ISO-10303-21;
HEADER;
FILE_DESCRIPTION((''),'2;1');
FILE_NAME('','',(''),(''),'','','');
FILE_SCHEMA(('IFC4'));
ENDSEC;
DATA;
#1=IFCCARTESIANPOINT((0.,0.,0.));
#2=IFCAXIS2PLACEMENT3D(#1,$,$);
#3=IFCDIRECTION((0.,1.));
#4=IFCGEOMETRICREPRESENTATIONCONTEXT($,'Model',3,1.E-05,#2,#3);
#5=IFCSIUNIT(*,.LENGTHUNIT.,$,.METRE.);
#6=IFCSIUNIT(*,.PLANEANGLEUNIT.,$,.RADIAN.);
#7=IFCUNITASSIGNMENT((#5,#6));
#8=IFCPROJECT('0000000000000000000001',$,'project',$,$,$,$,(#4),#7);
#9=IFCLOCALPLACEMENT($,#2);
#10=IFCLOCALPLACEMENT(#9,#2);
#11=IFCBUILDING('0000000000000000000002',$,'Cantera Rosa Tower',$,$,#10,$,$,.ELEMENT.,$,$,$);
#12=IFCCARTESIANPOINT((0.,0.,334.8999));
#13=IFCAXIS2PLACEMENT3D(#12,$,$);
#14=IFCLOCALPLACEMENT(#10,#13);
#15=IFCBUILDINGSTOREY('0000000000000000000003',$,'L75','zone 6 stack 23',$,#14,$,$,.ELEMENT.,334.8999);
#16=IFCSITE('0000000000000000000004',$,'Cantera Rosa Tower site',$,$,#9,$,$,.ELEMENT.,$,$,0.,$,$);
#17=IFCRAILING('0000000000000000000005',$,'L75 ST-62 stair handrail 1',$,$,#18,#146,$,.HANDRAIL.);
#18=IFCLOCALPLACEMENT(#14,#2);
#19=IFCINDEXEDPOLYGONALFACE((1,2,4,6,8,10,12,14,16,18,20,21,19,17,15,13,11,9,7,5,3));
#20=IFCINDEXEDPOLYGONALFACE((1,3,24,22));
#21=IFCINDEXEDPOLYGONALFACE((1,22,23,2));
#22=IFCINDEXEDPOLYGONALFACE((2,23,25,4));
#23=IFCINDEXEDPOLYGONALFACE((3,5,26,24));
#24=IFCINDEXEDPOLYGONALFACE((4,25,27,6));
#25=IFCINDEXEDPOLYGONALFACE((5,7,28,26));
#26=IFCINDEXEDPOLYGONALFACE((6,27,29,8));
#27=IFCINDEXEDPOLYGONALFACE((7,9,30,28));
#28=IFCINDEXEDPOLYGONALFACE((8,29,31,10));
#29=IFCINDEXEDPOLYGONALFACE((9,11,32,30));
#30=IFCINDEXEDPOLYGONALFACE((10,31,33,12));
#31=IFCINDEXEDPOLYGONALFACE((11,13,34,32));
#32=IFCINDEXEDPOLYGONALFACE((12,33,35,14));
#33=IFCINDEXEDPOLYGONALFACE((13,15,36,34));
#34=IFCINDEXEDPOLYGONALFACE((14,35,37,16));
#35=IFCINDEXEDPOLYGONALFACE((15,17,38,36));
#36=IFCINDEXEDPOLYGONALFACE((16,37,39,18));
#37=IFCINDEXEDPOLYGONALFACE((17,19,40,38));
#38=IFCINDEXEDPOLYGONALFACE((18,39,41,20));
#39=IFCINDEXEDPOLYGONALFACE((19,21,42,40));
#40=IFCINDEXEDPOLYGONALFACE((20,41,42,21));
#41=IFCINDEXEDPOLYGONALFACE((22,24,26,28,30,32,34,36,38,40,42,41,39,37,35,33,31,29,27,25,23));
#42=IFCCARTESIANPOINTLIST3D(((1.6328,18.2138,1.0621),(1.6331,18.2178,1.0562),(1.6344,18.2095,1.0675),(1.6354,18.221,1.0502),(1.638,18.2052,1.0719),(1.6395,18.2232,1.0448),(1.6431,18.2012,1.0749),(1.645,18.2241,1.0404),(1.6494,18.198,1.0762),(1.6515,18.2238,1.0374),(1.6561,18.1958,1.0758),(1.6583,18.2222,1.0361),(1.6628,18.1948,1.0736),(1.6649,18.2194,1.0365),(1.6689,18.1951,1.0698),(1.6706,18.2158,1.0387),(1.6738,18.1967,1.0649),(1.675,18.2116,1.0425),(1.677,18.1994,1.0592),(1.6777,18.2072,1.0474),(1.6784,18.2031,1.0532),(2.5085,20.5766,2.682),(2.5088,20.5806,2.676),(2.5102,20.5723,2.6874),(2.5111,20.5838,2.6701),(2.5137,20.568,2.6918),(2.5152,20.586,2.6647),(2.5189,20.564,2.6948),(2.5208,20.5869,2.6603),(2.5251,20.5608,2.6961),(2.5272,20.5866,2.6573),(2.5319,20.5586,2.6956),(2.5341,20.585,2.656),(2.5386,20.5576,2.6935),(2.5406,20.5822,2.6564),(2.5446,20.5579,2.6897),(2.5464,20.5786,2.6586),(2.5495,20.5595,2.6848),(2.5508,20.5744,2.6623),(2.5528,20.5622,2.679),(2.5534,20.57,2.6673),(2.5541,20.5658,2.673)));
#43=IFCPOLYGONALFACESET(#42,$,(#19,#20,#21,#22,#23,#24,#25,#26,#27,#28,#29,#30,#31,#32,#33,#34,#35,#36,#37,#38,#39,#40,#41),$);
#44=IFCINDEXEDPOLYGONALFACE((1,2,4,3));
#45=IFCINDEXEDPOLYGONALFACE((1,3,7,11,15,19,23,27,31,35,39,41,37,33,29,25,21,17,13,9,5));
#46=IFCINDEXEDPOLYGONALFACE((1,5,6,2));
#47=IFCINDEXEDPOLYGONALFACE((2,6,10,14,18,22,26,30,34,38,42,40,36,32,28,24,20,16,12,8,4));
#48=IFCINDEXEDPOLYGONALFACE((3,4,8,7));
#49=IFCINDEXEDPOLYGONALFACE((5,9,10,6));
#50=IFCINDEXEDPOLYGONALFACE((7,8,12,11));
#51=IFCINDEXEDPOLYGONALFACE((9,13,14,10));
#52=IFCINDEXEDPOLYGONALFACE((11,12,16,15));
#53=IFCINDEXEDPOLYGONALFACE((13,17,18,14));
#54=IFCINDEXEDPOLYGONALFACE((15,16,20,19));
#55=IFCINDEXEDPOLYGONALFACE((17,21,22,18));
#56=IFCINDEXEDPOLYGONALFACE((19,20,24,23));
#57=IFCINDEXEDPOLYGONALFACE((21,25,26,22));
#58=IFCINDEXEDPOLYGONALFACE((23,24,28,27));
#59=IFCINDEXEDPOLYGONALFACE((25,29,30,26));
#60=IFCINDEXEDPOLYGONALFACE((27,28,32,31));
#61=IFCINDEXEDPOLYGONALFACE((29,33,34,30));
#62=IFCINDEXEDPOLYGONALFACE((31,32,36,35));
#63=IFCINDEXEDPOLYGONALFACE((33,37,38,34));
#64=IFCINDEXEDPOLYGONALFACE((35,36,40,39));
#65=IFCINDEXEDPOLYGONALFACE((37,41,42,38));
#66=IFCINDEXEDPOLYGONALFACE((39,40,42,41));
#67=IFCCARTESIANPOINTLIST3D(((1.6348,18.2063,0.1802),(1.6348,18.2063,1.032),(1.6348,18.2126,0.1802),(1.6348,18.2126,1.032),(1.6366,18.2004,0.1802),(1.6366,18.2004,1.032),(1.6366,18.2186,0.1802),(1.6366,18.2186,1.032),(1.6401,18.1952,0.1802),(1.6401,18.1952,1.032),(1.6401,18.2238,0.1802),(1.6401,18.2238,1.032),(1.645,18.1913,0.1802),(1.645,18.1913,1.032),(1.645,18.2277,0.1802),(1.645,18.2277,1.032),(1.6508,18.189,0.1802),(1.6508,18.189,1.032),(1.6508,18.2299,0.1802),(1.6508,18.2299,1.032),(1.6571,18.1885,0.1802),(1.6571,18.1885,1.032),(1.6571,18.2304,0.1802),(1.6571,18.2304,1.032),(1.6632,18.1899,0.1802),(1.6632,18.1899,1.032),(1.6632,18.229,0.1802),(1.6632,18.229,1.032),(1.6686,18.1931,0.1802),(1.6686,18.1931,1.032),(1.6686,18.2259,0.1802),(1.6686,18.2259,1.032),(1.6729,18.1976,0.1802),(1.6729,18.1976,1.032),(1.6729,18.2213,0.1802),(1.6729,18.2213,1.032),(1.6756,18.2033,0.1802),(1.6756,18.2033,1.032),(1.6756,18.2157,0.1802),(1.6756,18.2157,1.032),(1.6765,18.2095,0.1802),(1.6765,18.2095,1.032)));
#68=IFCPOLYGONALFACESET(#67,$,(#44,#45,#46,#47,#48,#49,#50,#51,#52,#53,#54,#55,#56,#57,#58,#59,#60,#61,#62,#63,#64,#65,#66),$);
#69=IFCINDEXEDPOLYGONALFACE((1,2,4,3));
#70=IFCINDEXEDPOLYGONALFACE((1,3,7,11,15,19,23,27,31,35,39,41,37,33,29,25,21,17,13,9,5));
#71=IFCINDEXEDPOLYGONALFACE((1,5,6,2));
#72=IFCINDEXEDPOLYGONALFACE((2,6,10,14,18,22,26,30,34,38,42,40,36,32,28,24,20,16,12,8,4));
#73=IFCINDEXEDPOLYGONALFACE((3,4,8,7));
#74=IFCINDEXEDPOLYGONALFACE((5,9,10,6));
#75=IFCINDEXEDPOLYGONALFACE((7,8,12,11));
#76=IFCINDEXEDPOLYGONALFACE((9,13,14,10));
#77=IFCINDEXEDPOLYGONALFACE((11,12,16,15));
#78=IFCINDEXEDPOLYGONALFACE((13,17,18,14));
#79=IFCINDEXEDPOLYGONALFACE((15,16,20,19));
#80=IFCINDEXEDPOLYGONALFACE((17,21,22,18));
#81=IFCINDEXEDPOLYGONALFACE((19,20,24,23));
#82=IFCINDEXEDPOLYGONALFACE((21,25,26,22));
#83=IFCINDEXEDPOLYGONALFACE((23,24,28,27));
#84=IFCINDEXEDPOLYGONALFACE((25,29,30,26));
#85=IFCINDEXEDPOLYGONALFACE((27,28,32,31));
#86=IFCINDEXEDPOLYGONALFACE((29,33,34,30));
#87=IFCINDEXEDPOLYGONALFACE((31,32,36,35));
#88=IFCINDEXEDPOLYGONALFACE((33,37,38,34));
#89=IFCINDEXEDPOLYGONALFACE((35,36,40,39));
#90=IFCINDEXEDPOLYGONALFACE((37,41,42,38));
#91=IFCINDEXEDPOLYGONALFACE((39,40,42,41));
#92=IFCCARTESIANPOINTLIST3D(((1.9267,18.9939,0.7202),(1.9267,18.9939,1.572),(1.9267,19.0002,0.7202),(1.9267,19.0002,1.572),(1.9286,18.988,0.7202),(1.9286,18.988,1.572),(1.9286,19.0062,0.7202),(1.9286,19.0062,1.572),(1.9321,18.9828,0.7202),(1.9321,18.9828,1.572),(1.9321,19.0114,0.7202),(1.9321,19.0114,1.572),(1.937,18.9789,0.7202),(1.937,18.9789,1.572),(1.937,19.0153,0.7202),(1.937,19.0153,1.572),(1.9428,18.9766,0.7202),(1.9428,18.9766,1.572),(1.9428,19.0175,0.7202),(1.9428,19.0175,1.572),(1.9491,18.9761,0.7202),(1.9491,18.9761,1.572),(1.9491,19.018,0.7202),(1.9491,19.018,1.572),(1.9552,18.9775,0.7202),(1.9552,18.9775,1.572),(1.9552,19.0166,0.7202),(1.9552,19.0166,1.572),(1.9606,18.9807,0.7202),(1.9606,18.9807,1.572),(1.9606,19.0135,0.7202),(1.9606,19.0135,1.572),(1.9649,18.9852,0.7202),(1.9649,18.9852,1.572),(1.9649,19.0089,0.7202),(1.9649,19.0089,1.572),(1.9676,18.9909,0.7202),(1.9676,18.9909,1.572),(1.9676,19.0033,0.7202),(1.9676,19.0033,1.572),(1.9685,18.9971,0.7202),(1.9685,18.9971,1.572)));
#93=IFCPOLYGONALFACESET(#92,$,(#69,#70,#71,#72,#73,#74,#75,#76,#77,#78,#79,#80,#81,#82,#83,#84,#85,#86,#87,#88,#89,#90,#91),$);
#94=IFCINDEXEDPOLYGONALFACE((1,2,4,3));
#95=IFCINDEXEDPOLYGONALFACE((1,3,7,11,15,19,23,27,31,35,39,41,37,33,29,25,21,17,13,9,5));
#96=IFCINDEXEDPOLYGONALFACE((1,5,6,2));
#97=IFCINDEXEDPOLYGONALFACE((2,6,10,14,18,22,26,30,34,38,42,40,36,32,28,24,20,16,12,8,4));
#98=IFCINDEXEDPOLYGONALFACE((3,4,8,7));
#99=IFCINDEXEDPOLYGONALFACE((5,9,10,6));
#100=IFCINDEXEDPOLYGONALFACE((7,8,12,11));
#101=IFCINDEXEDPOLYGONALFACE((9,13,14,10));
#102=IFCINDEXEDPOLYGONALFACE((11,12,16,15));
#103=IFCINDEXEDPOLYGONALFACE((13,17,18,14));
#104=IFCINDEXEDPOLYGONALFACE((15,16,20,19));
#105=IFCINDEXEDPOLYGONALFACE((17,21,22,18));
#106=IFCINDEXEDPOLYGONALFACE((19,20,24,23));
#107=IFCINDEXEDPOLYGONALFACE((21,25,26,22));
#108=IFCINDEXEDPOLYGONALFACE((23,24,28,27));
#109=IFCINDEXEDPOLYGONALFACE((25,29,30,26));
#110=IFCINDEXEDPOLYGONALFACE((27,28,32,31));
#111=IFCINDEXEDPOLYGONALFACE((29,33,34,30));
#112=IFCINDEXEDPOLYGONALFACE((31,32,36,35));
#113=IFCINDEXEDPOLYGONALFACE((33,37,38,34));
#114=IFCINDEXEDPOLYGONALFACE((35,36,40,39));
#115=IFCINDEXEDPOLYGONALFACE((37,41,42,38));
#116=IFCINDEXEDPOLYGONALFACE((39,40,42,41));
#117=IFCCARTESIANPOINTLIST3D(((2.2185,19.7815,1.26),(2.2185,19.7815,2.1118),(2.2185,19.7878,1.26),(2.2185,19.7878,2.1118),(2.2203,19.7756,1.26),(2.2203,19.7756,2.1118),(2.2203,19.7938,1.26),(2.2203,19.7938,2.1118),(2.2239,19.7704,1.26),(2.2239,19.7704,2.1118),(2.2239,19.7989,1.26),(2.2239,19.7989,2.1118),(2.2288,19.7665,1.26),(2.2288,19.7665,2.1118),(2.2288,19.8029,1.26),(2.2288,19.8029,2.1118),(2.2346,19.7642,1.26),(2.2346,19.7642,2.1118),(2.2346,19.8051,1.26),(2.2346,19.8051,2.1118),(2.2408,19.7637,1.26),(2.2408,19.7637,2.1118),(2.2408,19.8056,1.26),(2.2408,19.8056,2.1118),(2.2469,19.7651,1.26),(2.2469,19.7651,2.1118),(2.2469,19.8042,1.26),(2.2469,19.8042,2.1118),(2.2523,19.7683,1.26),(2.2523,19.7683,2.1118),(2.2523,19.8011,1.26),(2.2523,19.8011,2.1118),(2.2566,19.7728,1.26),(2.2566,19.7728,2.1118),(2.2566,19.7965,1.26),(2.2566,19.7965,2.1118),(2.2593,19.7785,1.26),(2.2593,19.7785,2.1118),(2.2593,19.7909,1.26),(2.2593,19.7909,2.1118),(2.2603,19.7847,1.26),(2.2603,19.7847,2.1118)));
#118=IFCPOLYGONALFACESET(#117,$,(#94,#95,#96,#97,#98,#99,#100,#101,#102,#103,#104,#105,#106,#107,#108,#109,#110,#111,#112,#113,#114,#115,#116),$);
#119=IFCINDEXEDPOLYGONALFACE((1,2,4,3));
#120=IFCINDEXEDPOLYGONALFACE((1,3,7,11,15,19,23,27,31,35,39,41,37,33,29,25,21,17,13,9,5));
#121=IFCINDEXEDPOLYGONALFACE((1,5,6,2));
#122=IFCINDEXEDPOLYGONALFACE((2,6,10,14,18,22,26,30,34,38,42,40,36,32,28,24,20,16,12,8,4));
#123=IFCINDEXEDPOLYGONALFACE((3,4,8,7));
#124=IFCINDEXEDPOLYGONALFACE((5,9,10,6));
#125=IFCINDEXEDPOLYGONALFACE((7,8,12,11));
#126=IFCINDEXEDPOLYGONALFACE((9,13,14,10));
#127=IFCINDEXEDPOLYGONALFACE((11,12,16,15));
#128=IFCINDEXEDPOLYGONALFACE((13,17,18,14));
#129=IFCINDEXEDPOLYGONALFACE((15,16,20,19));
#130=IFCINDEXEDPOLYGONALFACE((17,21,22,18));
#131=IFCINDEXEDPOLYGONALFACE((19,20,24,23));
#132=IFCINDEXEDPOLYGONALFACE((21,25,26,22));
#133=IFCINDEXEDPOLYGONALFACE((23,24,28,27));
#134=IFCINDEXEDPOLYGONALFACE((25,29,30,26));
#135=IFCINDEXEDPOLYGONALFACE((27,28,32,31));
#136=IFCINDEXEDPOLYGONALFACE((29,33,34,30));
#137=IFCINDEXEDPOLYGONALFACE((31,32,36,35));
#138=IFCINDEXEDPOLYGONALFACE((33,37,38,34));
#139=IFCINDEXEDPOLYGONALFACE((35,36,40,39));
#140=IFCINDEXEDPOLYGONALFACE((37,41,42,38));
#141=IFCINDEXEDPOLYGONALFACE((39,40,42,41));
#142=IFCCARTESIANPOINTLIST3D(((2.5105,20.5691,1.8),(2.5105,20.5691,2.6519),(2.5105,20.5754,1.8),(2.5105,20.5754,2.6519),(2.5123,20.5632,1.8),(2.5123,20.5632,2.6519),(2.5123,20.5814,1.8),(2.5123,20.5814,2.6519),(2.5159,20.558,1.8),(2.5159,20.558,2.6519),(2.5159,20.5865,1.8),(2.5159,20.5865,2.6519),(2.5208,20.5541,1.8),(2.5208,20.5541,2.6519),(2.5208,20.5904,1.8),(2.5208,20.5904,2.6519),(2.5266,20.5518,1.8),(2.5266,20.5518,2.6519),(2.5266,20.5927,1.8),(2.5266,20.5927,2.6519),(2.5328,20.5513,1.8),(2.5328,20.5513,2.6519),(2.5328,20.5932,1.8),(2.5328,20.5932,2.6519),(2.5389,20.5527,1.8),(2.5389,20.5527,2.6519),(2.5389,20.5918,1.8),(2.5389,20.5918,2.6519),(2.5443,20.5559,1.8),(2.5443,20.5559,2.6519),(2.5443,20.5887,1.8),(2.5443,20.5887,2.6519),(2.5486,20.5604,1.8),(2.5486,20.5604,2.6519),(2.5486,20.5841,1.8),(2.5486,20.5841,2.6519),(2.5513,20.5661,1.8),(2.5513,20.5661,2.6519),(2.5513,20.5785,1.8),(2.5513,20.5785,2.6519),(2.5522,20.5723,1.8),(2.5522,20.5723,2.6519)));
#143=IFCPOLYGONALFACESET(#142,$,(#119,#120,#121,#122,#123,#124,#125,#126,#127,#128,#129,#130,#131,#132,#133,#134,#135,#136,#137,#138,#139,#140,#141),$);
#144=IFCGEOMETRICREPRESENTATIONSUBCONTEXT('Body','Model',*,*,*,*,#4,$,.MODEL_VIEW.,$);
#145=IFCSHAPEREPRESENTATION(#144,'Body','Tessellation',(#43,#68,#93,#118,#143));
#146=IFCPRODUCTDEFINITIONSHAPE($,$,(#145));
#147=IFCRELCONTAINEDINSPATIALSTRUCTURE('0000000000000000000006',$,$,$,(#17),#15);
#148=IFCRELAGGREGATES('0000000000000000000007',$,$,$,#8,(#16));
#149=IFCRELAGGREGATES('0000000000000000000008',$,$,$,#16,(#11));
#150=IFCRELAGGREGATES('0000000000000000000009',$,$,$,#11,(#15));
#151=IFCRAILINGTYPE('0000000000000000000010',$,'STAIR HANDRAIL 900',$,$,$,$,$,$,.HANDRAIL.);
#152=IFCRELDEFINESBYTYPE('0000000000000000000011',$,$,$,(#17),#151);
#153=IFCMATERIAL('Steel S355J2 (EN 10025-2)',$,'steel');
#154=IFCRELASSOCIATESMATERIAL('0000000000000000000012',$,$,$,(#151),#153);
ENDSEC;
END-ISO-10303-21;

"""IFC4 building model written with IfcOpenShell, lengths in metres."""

from ifc_helpers import new_model, si_unit, direction, frame, origin, origin_2d, place, context, subcontext, project, spatial, circle, extrude, material, type_object, element, save


model = new_model("IFC4")

# Units and contexts
model_context = context("Model", 3, precision=1e-05, world=origin(), true_north=direction((0.0, 1.0)))
body_context = subcontext(model_context, "Body", "Model", "MODEL_VIEW")
ifc_project = project(units=[si_unit("LENGTHUNIT", "METRE"), si_unit("PLANEANGLEUNIT", "RADIAN")], contexts=[model_context])

# Site, building, storey
site_placement = place(None, origin())
site = spatial("IfcSite", under=ifc_project, at=site_placement, Name="Cantera Rosa Tower site", CompositionType="ELEMENT", RefElevation=0.0)
building_placement = place(site_placement, origin())
building = spatial("IfcBuilding", under=site, at=building_placement, Name="Cantera Rosa Tower", CompositionType="ELEMENT")
storey_placement = place(building_placement, frame((0.0, 0.0, 334.8999)))
storey = spatial("IfcBuildingStorey", under=building, at=storey_placement, Name="L75", Description="zone 6 stack 23", CompositionType="ELEMENT", Elevation=334.8999)

# Railing
ifc_material_1 = material(Name="Steel S355J2 (EN 10025-2)", Category="steel")
railing_type_1 = type_object("IfcRailingType", Name="STAIR HANDRAIL 900", PredefinedType="HANDRAIL", material=ifc_material_1)
railing_1_placement = place(storey_placement, frame((1.6555, 18.2095, 0.1802)))
element("IfcRailing", 1, at=railing_1_placement, inside=storey, type_object=railing_type_1, Name="L75 ST-62 stair handrail 1", PredefinedType="HANDRAIL", context=body_context, shape_type="SweptSolid", body=[
    extrude(circle(Radius=0.0239, at=origin_2d()), frame((0.0, 0.0, 0.876), z_axis=(0.292338, 0.788752, 0.540749), x_axis=(-0.937668, 0.347532, 0.0)), (0.0, 0.0, 1.0), 2.9956),
    extrude(circle(Radius=0.021, at=origin_2d()), origin(), (0.0, 0.0, 1.0), 0.8518),
    extrude(circle(Radius=0.021, at=origin_2d()), frame((0.292, 0.7876, 0.54)), (0.0, 0.0, 1.0), 0.8518),
    extrude(circle(Radius=0.021, at=origin_2d()), frame((0.5837, 1.5752, 1.0798)), (0.0, 0.0, 1.0), 0.8518),
    extrude(circle(Radius=0.021, at=origin_2d()), frame((0.8757, 2.3628, 1.6199)), (0.0, 0.0, 1.0), 0.8518),
])

save(model, "model.ifc")
